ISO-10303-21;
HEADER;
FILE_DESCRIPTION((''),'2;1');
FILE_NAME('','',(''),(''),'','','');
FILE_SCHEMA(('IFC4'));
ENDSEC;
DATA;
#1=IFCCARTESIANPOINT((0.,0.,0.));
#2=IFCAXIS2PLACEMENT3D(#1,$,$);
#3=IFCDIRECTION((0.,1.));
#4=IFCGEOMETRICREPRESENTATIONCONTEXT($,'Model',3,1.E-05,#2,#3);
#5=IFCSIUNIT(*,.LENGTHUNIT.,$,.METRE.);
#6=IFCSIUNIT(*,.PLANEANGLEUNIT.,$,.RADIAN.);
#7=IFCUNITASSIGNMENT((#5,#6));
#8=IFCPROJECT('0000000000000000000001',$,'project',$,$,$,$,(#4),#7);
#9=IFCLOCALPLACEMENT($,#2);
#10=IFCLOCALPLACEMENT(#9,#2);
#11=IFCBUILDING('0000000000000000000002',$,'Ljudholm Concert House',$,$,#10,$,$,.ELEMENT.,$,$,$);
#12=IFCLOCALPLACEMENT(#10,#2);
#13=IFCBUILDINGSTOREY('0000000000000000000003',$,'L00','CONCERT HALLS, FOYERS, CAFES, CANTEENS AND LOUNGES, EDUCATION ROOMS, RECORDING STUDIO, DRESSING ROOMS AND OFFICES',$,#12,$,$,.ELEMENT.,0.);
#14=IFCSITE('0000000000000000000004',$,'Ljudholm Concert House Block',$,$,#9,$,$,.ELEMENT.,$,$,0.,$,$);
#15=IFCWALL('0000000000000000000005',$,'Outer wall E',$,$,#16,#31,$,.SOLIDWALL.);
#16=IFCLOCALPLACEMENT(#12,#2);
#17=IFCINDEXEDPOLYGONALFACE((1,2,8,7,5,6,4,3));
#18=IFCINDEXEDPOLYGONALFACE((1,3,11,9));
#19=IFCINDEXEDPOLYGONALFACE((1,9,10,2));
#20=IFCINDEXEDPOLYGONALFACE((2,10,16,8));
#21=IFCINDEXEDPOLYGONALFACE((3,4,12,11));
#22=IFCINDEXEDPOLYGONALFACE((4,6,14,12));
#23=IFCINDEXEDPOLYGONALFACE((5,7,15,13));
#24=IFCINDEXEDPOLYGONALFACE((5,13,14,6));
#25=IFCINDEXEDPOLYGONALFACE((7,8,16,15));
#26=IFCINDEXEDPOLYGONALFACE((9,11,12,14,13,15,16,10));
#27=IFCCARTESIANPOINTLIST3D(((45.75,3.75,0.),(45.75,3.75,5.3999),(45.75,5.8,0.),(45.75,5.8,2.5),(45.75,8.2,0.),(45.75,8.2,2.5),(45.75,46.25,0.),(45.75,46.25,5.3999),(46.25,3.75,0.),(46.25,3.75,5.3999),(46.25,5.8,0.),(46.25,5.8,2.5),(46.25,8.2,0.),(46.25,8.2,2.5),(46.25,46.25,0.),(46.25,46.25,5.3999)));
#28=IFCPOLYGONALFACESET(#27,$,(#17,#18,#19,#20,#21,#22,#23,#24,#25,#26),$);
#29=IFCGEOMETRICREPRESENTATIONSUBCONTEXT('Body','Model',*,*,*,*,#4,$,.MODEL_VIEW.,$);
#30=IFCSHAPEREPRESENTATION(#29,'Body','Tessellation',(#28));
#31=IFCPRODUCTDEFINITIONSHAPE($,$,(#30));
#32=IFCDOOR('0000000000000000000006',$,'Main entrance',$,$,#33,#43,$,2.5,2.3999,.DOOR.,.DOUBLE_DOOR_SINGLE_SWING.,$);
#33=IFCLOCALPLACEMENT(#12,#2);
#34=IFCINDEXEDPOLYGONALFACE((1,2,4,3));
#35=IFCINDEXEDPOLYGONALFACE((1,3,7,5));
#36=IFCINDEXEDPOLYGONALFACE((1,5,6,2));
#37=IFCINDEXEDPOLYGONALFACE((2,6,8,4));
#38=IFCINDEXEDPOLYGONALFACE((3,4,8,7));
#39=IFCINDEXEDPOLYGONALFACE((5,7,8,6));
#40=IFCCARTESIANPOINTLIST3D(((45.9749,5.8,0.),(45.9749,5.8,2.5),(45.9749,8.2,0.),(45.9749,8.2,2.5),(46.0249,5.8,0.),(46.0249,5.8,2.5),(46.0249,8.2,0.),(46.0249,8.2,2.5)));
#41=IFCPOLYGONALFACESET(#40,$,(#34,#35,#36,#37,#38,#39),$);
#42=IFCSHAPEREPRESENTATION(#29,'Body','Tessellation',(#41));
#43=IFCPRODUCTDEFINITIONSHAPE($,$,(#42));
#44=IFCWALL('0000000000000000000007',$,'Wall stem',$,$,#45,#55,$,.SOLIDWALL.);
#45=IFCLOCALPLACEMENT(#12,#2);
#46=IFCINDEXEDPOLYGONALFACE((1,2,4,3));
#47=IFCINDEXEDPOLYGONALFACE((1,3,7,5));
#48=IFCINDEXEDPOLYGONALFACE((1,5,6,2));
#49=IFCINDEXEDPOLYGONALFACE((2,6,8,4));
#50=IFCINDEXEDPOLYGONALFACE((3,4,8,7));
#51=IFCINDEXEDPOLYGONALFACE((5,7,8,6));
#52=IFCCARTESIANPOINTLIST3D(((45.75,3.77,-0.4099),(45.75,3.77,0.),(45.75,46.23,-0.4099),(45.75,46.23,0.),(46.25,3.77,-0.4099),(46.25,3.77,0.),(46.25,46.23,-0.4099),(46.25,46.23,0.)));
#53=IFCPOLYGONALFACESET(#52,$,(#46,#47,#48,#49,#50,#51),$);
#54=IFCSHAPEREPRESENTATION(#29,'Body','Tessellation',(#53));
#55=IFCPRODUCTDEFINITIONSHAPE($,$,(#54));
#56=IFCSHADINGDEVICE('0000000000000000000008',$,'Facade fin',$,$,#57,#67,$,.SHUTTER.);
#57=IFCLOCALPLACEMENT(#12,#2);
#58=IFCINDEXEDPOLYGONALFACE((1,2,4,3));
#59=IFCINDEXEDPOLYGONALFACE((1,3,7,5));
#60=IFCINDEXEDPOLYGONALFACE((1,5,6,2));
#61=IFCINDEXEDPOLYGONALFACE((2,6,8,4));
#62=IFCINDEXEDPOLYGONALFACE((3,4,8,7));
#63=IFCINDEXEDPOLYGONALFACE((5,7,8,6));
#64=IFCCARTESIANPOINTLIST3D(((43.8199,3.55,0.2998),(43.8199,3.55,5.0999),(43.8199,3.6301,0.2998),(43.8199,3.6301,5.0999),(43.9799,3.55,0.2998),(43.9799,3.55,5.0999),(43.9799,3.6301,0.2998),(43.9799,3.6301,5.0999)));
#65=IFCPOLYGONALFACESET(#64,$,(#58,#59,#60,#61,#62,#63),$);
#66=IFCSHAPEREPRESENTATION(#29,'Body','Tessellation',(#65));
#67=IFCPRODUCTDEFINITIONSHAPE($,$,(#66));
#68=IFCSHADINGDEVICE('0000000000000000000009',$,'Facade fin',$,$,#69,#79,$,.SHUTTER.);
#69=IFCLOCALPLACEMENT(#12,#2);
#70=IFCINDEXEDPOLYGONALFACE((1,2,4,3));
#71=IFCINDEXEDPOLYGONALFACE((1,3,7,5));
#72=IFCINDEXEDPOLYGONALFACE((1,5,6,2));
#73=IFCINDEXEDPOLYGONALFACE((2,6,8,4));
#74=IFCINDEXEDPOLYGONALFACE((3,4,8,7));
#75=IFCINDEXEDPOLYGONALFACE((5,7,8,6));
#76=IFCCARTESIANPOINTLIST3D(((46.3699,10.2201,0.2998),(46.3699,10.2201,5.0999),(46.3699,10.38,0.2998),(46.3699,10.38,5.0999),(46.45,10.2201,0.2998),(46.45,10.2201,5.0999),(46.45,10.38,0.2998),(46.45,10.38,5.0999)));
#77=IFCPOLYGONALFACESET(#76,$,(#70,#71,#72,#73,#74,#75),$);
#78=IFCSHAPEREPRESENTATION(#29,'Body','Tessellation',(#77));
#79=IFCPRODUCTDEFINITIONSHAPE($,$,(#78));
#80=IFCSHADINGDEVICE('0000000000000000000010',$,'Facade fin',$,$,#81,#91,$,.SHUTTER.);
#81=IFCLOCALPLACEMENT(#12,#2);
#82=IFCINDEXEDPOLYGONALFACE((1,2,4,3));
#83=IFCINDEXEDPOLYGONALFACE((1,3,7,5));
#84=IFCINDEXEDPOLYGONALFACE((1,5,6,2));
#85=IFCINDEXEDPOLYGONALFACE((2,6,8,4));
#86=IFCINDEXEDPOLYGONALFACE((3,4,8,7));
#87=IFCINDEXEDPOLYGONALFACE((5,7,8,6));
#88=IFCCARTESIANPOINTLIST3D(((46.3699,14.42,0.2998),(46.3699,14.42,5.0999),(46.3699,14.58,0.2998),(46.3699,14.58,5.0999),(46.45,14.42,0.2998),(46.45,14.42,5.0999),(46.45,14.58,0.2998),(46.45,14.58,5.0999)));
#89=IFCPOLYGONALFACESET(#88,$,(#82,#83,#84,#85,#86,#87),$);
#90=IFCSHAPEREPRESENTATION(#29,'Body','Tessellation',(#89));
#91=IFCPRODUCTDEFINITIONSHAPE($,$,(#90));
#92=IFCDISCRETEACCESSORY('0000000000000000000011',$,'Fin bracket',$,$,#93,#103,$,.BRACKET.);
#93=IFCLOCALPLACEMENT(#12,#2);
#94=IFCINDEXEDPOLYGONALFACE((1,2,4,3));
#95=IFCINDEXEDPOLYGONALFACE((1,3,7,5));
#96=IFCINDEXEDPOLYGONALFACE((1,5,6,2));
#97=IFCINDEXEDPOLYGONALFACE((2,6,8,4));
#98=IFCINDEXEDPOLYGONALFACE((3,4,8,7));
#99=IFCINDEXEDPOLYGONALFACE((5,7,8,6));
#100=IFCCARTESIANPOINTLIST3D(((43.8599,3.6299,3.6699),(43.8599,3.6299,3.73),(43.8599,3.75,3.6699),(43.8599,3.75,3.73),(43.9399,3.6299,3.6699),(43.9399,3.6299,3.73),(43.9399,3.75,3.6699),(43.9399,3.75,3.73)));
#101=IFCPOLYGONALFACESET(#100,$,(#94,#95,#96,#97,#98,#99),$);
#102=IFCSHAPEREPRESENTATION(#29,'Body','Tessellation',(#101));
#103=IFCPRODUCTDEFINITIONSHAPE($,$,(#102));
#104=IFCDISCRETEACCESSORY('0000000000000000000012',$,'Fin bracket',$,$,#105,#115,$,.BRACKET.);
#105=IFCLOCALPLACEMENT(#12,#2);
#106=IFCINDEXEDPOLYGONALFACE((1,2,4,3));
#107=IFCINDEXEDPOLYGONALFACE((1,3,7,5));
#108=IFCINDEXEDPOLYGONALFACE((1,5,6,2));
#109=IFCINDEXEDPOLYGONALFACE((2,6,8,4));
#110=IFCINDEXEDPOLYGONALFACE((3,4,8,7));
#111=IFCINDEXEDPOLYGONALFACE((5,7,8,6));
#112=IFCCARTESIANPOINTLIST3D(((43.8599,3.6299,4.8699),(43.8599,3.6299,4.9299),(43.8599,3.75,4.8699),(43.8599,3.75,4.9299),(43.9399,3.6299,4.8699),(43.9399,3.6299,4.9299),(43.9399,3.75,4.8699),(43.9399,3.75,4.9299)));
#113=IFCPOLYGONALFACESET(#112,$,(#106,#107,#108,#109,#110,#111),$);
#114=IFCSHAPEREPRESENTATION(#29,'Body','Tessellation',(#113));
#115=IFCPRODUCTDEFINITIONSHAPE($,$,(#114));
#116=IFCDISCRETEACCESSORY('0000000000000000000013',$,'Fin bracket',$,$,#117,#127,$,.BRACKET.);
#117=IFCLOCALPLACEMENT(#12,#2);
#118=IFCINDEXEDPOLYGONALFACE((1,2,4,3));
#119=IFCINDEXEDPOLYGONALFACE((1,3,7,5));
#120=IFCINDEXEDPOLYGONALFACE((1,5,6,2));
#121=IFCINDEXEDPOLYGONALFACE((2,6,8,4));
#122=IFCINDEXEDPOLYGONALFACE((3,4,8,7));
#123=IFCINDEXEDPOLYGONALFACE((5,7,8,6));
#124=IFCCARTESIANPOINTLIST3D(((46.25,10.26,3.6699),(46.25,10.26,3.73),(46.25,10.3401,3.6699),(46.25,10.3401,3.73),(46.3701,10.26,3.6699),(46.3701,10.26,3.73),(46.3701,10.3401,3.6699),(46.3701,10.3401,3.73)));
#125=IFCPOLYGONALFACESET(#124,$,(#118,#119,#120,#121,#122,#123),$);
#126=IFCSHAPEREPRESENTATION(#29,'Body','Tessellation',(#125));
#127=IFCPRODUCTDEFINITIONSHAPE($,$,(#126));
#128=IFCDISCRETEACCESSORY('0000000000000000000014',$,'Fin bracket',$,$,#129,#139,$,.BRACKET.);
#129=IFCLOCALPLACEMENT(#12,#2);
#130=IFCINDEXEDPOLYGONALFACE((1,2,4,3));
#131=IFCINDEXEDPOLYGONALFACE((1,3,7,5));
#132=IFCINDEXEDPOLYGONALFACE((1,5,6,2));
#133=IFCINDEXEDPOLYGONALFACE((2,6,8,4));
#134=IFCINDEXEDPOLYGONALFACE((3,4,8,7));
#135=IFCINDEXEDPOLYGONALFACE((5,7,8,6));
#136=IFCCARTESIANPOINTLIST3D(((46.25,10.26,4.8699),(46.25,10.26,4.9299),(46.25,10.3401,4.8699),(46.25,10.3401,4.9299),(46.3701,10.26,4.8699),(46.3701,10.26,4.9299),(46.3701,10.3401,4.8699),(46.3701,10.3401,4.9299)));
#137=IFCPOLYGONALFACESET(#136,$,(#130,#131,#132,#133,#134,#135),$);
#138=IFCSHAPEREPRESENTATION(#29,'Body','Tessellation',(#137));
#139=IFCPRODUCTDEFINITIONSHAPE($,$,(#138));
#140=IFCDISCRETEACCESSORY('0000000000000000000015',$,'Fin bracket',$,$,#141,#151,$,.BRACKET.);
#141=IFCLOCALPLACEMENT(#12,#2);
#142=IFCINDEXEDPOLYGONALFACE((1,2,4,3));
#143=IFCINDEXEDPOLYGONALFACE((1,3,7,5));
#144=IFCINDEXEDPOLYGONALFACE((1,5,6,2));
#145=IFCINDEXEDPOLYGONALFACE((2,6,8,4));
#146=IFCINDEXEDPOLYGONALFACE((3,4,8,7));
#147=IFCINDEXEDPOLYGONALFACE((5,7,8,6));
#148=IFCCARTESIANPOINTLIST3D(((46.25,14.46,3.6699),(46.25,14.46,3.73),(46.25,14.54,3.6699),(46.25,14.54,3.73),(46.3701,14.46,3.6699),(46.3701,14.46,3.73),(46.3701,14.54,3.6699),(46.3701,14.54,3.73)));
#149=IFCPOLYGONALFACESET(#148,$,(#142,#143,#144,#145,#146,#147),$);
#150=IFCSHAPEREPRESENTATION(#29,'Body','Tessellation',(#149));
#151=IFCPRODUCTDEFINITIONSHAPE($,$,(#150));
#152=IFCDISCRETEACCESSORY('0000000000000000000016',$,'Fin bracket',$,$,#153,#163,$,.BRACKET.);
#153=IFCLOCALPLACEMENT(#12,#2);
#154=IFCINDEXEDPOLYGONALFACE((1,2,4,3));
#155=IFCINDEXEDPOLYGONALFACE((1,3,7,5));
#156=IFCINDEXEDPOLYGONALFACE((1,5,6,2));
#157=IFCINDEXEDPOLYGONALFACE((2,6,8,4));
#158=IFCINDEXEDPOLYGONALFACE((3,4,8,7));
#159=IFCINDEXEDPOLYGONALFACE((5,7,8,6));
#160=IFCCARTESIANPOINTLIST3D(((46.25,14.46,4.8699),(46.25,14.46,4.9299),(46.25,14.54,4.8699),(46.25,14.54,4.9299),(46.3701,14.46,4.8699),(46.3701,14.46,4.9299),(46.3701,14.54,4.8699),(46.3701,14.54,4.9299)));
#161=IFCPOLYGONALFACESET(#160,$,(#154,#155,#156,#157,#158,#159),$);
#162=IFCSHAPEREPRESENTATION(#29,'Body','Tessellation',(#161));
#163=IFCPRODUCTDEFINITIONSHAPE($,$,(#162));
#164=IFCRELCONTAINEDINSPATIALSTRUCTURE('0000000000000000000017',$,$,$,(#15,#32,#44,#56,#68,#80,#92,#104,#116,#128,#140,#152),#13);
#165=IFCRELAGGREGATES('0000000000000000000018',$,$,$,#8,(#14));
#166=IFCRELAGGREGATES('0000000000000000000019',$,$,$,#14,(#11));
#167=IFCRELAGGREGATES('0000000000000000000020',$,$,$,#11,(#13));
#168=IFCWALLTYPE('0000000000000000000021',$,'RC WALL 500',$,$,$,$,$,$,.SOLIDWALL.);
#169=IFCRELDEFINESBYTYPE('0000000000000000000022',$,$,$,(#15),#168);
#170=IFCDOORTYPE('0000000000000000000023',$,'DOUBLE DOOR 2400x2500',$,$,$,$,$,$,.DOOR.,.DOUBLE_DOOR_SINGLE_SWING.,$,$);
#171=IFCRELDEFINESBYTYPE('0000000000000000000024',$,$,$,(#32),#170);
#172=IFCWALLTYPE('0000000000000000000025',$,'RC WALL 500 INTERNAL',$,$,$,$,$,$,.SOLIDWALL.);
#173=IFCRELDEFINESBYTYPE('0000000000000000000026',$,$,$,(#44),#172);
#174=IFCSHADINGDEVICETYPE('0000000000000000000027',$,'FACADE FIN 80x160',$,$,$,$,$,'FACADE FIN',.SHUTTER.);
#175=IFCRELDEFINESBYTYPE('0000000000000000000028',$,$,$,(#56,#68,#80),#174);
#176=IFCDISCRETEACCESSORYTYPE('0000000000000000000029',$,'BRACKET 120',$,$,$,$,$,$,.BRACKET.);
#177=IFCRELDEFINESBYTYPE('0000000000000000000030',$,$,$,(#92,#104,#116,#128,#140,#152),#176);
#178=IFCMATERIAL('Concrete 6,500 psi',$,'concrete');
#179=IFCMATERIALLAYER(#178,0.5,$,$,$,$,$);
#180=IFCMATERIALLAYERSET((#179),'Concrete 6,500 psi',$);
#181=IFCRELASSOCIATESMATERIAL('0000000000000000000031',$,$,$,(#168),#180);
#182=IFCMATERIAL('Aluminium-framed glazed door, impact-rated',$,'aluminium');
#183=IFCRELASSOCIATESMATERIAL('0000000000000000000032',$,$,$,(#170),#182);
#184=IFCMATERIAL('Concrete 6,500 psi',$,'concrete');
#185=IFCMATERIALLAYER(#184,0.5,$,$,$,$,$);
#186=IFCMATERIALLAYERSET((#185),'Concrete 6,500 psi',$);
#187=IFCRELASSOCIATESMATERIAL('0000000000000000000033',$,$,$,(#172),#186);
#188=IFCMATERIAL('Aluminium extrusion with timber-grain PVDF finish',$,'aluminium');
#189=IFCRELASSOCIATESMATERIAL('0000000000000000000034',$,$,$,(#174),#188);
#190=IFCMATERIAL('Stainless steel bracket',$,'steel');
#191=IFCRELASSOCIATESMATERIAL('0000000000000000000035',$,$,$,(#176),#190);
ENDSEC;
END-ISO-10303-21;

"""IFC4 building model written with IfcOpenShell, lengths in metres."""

from ifc_helpers import new_model, si_unit, direction, frame, frame_2d, origin, origin_2d, place, context, subcontext, project, spatial, rectangle, extrude, material, layer, layer_set, type_object, element, fill, save


model = new_model("IFC4")

# Units and contexts
model_context = context("Model", 3, precision=1e-05, world=origin(), true_north=direction((0.0, 1.0)))
body_context = subcontext(model_context, "Body", "Model", "MODEL_VIEW")
ifc_project = project(units=[si_unit("LENGTHUNIT", "METRE"), si_unit("PLANEANGLEUNIT", "RADIAN")], contexts=[model_context])

# Site, building, storey
site_placement = place(None, origin())
site = spatial("IfcSite", under=ifc_project, at=site_placement, Name="Ljudholm Concert House Block", CompositionType="ELEMENT", RefElevation=0.0)
building_placement = place(site_placement, origin())
building = spatial("IfcBuilding", under=site, at=building_placement, Name="Ljudholm Concert House", CompositionType="ELEMENT")
storey_placement = place(building_placement, origin())
storey = spatial("IfcBuildingStorey", under=building, at=storey_placement, Name="L00", Description="CONCERT HALLS, FOYERS, CAFES, CANTEENS AND LOUNGES, EDUCATION ROOMS, RECORDING STUDIO, DRESSING ROOMS AND OFFICES", CompositionType="ELEMENT", Elevation=0.0)

# Wall, opening, door
ifc_material_1 = material(Name="Concrete 6,500 psi", Category="concrete")
ifc_layer_1 = layer(ifc_material_1, 0.5)
ifc_layer_set_1 = layer_set([ifc_layer_1], Name="Concrete 6,500 psi")
wall_type_1 = type_object("IfcWallType", Name="RC WALL 500", PredefinedType="SOLIDWALL", material=ifc_layer_set_1)
wall_1_placement = place(storey_placement, frame((46.0, 3.75, 0.0), z_axis=(0.0, 0.0, 1.0), x_axis=(0.0, 1.0, 0.0)))
wall_1 = element("IfcWall", 1, at=wall_1_placement, inside=storey, type_object=wall_type_1, Name="Outer wall E", PredefinedType="SOLIDWALL", context=body_context, shape_type="SweptSolid", body=[
    extrude(rectangle(XDim=42.5, YDim=0.5, at=frame_2d((21.25, 0.0))), origin(), (0.0, 0.0, 1.0), 5.3999),
])
opening_1_placement = place(wall_1_placement, frame((2.05, 0.0, 0.0)))
opening_1 = element("IfcOpeningElement", 2, at=opening_1_placement, cuts=wall_1, PredefinedType="OPENING", context=body_context, shape_type="SweptSolid", body=[
    extrude(rectangle(XDim=2.3999, YDim=2.5, at=frame_2d((1.2, 1.25))), frame((0.0, 0.26, 0.0), z_axis=(0.0, -1.0, 0.0), x_axis=(1.0, 0.0, 0.0)), (0.0, 0.0, 1.0), 0.52),
])
ifc_material_2 = material(Name="Aluminium-framed glazed door, impact-rated", Category="aluminium")
door_type_1 = type_object("IfcDoorType", Name="DOUBLE DOOR 2400x2500", OperationType="DOUBLE_DOOR_SINGLE_SWING", PredefinedType="DOOR", material=ifc_material_2)
door_1_placement = place(opening_1_placement, frame((2.3999, 0.0, 0.0), z_axis=(0.0, 0.0, 1.0), x_axis=(-1.0, 0.0, 0.0)))
door_1 = element("IfcDoor", 3, at=door_1_placement, inside=storey, type_object=door_type_1, Name="Main entrance", OperationType="DOUBLE_DOOR_SINGLE_SWING", OverallHeight=2.5, OverallWidth=2.3999, PredefinedType="DOOR", context=body_context, shape_type="SweptSolid", body=[
    extrude(rectangle(XDim=2.3999, YDim=2.5, at=frame_2d((1.2, 1.25))), frame((0.0, 0.0249, 0.0), z_axis=(0.0, -1.0, 0.0), x_axis=(1.0, 0.0, 0.0)), (0.0, 0.0, 1.0), 0.05),
])
fill(opening_1, door_1)

# Wall
ifc_material_3 = material(Name="Concrete 6,500 psi", Category="concrete")
ifc_layer_2 = layer(ifc_material_3, 0.5)
ifc_layer_set_2 = layer_set([ifc_layer_2], Name="Concrete 6,500 psi")
wall_type_2 = type_object("IfcWallType", Name="RC WALL 500 INTERNAL", PredefinedType="SOLIDWALL", material=ifc_layer_set_2)
wall_2_placement = place(storey_placement, frame((46.0, 3.77, -0.4099), z_axis=(0.0, 0.0, 1.0), x_axis=(0.0, 1.0, 0.0)))
element("IfcWall", 4, at=wall_2_placement, inside=storey, type_object=wall_type_2, Name="Wall stem", PredefinedType="SOLIDWALL", context=body_context, shape_type="SweptSolid", body=[
    extrude(rectangle(XDim=42.46, YDim=0.5, at=frame_2d((21.23, 0.0))), origin(), (0.0, 0.0, 1.0), 0.4099),
])

# Shading devices
ifc_material_4 = material(Name="Aluminium extrusion with timber-grain PVDF finish", Category="aluminium")
shading_device_type = type_object("IfcShadingDeviceType", Name="FACADE FIN 80x160", ElementType="FACADE FIN", PredefinedType="SHUTTER", material=ifc_material_4)
for number, where, z_axis, x_axis, name in (
    (5, (43.8999, 3.5901, 0.2998), (0.0, 0.0, 1.0), (0.0, -1.0, 0.0), "Facade fin"),
    (6, (46.4099, 10.3, 0.2998), (0.0, 0.0, 1.0), (1.0, 0.0, 0.0), "Facade fin"),
    (7, (46.4099, 14.5, 0.2998), (0.0, 0.0, 1.0), (1.0, 0.0, 0.0), "Facade fin"),
):
    element("IfcShadingDevice", number, at=place(storey_placement, frame(where, z_axis=z_axis, x_axis=x_axis)), inside=storey, type_object=shading_device_type, Name=name, PredefinedType="SHUTTER", context=body_context, shape_type="SweptSolid", body=[
        extrude(rectangle(XDim=0.0801, YDim=0.1599, at=origin_2d()), origin(), (0.0, 0.0, 1.0), 4.8),
    ])

# Discrete accessories
ifc_material_5 = material(Name="Stainless steel bracket", Category="steel")
discrete_accessory_type = type_object("IfcDiscreteAccessoryType", Name="BRACKET 120", PredefinedType="BRACKET", material=ifc_material_5)
for number, where, z_axis, x_axis, name in (
    (8, (43.8999, 3.6899, 3.6699), (0.0, 0.0, 1.0), (0.0, -1.0, 0.0), "Fin bracket"),
    (9, (43.8999, 3.6899, 4.8699), (0.0, 0.0, 1.0), (0.0, -1.0, 0.0), "Fin bracket"),
    (10, (46.3101, 10.3, 3.6699), (0.0, 0.0, 1.0), (1.0, 0.0, 0.0), "Fin bracket"),
    (11, (46.3101, 10.3, 4.8699), (0.0, 0.0, 1.0), (1.0, 0.0, 0.0), "Fin bracket"),
    (12, (46.3101, 14.5, 3.6699), (0.0, 0.0, 1.0), (1.0, 0.0, 0.0), "Fin bracket"),
    (13, (46.3101, 14.5, 4.8699), (0.0, 0.0, 1.0), (1.0, 0.0, 0.0), "Fin bracket"),
):
    element("IfcDiscreteAccessory", number, at=place(storey_placement, frame(where, z_axis=z_axis, x_axis=x_axis)), inside=storey, type_object=discrete_accessory_type, Name=name, PredefinedType="BRACKET", context=body_context, shape_type="SweptSolid", body=[
        extrude(rectangle(XDim=0.1201, YDim=0.0801, at=origin_2d()), origin(), (0.0, 0.0, 1.0), 0.0601),
    ])

save(model, "model.ifc")
